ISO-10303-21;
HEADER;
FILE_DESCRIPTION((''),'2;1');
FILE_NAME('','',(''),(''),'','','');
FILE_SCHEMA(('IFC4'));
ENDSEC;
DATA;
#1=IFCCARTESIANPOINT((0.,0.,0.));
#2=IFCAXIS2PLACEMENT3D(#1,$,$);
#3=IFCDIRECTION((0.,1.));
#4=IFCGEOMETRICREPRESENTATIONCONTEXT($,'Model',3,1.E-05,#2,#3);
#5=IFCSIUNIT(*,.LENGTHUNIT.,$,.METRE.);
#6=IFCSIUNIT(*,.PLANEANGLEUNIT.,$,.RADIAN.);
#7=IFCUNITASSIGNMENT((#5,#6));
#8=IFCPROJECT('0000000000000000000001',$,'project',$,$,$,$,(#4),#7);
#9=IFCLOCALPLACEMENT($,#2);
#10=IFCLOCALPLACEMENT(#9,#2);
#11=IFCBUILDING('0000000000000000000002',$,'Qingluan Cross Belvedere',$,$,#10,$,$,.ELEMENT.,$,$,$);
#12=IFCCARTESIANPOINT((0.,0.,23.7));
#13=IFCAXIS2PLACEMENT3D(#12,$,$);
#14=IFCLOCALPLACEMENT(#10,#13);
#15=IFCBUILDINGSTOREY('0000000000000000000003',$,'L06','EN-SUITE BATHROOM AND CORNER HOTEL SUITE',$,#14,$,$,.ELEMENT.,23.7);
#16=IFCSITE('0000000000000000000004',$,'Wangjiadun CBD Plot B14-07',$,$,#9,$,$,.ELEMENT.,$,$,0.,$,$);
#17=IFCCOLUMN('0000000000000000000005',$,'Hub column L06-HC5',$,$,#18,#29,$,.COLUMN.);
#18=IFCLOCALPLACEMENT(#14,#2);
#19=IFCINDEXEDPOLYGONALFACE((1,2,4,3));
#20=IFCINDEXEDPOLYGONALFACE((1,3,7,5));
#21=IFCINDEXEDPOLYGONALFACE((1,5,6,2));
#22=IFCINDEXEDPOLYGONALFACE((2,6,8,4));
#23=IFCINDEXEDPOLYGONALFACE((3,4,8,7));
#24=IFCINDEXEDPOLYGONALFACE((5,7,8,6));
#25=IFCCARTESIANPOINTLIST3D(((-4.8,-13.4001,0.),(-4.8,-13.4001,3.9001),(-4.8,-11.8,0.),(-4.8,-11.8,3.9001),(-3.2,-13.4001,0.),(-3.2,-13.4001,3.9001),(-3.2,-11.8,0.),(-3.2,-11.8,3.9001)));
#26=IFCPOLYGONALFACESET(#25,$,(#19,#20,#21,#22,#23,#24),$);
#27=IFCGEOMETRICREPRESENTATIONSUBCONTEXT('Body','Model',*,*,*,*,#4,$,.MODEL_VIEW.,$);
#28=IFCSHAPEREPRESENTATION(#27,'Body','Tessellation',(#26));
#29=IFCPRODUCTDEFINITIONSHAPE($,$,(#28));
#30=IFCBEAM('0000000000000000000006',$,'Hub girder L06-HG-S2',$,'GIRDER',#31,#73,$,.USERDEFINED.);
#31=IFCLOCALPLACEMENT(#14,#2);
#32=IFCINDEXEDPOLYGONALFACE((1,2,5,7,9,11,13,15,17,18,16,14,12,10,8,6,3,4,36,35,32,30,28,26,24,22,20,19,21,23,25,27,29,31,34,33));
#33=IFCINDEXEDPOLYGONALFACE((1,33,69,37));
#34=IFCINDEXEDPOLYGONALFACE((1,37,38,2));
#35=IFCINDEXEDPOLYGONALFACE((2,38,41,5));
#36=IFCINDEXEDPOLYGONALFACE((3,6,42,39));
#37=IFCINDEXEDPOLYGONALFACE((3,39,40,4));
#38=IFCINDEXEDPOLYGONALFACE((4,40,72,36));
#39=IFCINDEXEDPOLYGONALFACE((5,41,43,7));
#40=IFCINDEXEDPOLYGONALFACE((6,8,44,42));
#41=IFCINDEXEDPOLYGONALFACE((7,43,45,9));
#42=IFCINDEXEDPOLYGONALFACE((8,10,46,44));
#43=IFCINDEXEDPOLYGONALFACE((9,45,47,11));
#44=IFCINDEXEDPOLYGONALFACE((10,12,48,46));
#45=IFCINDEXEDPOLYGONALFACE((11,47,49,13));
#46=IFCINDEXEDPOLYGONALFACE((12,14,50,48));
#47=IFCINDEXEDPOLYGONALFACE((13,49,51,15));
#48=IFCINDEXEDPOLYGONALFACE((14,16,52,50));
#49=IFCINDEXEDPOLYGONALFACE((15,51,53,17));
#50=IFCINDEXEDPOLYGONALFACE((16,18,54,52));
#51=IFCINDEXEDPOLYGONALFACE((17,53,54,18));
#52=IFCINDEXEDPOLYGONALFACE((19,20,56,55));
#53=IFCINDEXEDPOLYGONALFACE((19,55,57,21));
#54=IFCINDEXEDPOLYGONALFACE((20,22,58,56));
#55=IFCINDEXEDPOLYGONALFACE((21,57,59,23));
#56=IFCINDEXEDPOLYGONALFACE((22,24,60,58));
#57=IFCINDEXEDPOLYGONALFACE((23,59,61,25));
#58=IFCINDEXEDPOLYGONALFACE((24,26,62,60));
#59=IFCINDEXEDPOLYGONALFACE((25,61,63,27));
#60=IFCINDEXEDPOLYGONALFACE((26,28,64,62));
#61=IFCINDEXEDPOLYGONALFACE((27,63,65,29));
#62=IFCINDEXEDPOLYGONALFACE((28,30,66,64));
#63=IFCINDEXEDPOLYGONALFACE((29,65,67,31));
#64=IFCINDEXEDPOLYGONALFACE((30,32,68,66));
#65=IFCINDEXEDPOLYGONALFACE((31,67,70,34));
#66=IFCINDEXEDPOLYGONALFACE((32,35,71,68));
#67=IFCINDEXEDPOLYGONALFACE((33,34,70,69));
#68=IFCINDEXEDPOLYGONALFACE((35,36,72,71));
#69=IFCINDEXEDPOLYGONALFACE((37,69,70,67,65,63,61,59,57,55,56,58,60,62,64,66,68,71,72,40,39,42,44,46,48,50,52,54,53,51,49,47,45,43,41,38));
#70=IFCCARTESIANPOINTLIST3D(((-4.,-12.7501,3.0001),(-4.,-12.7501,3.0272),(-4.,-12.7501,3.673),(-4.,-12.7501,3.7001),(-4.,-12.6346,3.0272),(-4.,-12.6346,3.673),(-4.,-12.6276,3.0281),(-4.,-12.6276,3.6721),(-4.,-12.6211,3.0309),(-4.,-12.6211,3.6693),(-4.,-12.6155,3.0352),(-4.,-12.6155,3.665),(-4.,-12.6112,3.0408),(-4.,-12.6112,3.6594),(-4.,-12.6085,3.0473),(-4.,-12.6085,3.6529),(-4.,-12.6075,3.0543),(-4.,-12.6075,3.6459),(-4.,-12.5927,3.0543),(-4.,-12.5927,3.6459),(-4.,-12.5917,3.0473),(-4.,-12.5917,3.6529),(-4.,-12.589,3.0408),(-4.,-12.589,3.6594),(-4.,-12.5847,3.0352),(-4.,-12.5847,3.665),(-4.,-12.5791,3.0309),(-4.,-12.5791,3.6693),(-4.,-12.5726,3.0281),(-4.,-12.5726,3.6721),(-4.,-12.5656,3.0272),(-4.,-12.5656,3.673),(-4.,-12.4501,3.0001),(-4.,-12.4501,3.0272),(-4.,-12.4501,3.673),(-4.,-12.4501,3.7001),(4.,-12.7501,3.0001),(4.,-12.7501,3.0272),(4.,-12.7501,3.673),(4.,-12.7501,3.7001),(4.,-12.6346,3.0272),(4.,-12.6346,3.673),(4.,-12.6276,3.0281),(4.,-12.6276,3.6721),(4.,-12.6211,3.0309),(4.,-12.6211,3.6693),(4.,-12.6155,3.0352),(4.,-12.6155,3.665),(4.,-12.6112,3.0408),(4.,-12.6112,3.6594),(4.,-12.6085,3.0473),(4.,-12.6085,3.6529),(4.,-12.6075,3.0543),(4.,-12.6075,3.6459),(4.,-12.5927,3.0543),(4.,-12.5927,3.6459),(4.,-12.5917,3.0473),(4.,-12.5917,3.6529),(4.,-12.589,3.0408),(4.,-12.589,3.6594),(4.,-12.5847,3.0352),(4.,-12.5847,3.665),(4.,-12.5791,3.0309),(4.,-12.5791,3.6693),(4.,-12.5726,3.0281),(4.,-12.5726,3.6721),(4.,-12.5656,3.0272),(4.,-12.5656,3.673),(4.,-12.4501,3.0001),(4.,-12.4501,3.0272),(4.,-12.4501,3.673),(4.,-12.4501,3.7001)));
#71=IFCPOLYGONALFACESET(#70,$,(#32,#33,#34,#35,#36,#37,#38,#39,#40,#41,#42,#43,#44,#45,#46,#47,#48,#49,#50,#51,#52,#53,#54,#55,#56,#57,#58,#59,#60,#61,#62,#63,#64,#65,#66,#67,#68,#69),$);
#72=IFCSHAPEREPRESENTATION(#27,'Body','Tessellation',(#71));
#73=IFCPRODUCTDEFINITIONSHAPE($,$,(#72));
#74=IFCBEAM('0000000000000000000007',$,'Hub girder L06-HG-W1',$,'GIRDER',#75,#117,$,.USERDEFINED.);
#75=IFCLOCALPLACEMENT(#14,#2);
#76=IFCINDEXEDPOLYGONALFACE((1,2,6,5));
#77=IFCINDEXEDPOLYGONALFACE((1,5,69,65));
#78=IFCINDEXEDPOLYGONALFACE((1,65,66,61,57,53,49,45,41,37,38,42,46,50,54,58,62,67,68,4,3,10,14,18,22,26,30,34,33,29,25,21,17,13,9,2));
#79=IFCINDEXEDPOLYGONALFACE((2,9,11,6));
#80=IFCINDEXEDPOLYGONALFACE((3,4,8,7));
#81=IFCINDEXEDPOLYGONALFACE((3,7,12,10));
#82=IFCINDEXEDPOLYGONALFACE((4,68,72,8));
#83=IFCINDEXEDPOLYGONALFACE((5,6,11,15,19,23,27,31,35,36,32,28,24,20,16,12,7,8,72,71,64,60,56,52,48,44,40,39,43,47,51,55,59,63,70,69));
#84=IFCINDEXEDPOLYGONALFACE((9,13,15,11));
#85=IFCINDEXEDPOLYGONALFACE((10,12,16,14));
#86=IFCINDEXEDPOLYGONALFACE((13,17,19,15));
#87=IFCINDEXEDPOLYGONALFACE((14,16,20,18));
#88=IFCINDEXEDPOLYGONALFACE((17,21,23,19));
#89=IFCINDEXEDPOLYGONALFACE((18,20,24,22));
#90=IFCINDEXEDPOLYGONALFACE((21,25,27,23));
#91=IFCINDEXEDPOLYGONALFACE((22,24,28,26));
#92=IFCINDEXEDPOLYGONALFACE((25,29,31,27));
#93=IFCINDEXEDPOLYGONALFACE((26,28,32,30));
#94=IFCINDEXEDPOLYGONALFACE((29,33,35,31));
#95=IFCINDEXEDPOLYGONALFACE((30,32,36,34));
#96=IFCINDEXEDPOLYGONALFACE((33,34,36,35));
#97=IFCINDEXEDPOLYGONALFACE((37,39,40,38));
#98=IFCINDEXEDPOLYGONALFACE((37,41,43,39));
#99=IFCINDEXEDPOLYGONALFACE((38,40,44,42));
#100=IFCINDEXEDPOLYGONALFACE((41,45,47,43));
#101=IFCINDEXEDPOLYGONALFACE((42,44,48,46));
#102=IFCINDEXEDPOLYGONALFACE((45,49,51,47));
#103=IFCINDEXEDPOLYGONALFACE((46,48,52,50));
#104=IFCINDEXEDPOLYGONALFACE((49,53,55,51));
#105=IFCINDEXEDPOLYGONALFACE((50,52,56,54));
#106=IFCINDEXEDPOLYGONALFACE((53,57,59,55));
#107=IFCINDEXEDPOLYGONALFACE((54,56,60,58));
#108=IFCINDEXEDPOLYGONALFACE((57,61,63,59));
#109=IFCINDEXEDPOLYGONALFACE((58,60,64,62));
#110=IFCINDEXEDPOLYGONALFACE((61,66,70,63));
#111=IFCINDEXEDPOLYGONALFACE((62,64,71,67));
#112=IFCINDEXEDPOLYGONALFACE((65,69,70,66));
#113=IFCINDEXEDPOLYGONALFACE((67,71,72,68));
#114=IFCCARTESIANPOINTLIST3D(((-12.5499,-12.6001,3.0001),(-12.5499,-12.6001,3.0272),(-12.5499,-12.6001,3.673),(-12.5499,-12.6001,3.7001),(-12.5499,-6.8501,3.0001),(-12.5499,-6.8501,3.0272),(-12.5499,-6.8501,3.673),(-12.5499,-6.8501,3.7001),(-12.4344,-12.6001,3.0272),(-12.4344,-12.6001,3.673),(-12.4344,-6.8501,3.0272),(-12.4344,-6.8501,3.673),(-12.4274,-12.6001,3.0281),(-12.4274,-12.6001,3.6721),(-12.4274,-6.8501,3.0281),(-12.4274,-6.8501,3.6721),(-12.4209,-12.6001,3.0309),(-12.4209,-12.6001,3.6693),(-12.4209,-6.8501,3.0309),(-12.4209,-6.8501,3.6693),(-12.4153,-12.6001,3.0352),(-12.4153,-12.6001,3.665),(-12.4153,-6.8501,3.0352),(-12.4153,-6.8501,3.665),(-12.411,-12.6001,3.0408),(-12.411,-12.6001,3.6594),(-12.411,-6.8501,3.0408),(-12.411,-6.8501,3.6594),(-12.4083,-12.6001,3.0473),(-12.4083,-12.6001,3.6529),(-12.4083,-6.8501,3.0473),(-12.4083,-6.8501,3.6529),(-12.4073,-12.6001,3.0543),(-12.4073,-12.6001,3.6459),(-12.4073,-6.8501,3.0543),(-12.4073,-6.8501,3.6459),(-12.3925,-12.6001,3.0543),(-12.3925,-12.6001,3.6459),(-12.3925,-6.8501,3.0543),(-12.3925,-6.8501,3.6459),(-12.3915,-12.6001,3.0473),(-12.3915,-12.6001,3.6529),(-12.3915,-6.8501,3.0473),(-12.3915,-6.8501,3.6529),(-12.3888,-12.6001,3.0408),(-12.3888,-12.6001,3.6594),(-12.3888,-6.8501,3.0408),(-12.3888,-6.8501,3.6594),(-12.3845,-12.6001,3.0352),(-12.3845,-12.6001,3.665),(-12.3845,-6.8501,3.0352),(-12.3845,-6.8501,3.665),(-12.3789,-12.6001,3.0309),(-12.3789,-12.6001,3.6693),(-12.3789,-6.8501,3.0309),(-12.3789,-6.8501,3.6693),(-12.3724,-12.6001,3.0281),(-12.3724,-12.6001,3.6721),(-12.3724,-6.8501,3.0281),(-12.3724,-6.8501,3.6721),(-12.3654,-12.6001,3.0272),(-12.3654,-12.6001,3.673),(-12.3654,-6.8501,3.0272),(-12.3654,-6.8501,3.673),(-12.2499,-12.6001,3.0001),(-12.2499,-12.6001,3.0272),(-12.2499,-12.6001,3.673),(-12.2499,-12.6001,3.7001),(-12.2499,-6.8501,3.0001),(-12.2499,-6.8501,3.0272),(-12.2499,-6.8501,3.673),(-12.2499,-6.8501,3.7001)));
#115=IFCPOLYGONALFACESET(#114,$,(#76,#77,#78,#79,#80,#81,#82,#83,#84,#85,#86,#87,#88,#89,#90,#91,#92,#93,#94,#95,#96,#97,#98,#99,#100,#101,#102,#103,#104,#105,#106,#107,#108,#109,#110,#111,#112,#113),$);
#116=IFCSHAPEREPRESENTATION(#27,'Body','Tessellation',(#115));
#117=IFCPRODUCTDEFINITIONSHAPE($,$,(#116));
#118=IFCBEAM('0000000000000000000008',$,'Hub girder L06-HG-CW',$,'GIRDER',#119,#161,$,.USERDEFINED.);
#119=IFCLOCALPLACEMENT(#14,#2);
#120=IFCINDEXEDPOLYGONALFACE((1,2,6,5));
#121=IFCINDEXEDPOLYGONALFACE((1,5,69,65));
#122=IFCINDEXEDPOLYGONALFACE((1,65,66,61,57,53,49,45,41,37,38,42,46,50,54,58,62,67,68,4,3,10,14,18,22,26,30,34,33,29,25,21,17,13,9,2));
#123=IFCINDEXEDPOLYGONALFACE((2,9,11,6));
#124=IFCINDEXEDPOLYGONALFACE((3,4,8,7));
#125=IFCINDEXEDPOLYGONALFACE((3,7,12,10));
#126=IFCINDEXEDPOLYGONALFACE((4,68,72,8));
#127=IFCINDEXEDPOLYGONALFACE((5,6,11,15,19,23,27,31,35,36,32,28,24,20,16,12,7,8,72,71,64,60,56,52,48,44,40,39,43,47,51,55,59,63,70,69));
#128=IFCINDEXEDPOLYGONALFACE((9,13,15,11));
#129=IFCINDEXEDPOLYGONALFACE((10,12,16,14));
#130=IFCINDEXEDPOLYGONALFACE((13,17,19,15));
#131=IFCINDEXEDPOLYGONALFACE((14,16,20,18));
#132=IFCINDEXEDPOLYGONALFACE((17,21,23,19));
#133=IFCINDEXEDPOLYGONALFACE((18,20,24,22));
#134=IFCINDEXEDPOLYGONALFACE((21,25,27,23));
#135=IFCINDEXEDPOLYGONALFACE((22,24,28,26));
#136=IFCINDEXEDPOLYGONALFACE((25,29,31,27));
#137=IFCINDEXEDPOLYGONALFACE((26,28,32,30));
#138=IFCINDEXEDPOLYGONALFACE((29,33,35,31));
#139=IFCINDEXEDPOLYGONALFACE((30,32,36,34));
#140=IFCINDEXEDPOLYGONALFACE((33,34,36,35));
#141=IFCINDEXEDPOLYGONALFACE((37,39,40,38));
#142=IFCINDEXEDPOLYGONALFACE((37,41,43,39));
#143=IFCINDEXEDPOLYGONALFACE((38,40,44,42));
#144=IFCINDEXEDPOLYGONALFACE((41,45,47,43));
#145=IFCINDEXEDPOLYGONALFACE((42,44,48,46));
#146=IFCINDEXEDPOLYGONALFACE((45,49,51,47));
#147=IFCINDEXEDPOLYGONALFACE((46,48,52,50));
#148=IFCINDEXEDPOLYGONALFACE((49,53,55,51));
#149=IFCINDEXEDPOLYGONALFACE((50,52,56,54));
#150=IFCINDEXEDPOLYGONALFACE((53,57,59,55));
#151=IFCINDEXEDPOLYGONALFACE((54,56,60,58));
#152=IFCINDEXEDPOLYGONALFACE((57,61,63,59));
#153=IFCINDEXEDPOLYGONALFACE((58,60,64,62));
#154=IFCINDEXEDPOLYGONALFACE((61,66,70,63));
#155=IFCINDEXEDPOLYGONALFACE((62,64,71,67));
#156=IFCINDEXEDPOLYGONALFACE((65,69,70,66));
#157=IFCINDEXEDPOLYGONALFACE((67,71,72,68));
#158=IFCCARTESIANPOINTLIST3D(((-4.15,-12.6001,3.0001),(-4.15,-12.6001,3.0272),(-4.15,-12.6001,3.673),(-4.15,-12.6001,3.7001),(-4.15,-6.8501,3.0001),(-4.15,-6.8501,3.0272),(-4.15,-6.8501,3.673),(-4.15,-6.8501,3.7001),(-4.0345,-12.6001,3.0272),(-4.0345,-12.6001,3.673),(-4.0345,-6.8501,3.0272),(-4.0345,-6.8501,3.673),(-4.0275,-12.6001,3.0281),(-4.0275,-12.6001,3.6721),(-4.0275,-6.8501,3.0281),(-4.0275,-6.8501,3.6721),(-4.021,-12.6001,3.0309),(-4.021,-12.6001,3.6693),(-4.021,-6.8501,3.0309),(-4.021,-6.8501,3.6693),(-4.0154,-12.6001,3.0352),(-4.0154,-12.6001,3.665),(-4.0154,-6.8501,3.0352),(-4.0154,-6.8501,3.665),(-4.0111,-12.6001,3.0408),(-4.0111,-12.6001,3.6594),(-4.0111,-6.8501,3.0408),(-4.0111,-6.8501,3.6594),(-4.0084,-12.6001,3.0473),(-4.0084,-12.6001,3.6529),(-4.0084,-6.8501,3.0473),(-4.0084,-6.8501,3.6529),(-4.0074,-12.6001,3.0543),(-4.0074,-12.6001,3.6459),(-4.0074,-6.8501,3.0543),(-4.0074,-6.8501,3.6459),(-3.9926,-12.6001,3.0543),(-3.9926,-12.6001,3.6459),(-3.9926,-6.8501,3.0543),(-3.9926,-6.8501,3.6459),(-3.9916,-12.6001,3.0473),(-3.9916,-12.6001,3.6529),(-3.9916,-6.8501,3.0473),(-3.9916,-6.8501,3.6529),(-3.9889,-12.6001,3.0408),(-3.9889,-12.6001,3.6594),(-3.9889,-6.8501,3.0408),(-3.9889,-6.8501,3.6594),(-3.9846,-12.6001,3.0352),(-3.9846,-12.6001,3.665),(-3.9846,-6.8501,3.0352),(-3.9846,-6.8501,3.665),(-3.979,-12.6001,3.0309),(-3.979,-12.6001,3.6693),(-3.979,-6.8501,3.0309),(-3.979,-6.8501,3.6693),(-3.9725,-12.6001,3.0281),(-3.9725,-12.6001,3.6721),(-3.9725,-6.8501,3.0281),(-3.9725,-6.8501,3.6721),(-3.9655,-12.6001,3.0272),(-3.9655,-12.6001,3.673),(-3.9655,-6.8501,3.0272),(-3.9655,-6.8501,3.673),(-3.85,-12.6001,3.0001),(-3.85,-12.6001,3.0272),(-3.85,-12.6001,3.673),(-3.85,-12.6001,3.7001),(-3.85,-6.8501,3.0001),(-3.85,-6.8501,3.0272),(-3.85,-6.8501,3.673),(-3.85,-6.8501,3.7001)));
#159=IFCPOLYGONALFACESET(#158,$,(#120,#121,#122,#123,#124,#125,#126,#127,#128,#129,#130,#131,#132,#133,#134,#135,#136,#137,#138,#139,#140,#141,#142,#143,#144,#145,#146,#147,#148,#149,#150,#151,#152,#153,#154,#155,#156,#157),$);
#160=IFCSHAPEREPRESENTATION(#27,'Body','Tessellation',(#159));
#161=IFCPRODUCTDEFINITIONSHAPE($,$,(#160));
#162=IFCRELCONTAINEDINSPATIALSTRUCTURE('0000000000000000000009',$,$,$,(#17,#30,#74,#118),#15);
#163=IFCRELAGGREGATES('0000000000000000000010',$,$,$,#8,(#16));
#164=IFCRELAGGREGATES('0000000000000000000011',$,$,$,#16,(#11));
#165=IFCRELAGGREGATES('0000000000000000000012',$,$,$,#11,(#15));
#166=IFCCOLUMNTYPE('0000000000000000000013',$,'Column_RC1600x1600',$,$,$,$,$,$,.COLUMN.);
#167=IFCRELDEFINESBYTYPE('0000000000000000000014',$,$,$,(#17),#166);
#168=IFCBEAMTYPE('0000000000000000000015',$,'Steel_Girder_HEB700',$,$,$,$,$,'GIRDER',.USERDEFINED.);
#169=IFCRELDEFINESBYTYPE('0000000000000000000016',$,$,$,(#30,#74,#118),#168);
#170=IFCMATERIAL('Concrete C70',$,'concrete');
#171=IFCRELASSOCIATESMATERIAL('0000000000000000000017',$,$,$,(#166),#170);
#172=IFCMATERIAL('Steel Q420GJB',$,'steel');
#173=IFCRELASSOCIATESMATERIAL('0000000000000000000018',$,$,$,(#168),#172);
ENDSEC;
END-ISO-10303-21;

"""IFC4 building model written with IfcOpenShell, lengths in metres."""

from ifc_helpers import new_model, si_unit, direction, frame, origin, origin_2d, place, context, subcontext, project, spatial, rectangle, i_section, extrude, material, material_profile, profile_set, type_object, element, save


model = new_model("IFC4")

# Units and contexts
model_context = context("Model", 3, precision=1e-05, world=origin(), true_north=direction((0.0, 1.0)))
body_context = subcontext(model_context, "Body", "Model", "MODEL_VIEW")
ifc_project = project(units=[si_unit("LENGTHUNIT", "METRE"), si_unit("PLANEANGLEUNIT", "RADIAN")], contexts=[model_context])

# Site, building, storey
site_placement = place(None, origin())
site = spatial("IfcSite", under=ifc_project, at=site_placement, Name="Wangjiadun CBD Plot B14-07", CompositionType="ELEMENT", RefElevation=0.0)
building_placement = place(site_placement, origin())
building = spatial("IfcBuilding", under=site, at=building_placement, Name="Qingluan Cross Belvedere", CompositionType="ELEMENT")
storey_placement = place(building_placement, frame((0.0, 0.0, 23.7)))
storey = spatial("IfcBuildingStorey", under=building, at=storey_placement, Name="L06", Description="EN-SUITE BATHROOM AND CORNER HOTEL SUITE", CompositionType="ELEMENT", Elevation=23.7)

# Column
ifc_material_1 = material(Name="Concrete C70", Category="concrete")
ifc_material_profile_1 = material_profile(ifc_material_1, rectangle(XDim=1.6001, YDim=1.6001, at=origin_2d()), Name="RC1600x1600")
ifc_profile_set_1 = profile_set([ifc_material_profile_1], Name="Concrete C70")
column_type = type_object("IfcColumnType", Name="Column_RC1600x1600", PredefinedType="COLUMN", material=ifc_profile_set_1)
column_placement = place(storey_placement, frame((-4.0, -12.6001, 0.0), z_axis=(0.0, 0.0, 1.0), x_axis=(1.0, 0.0, 0.0)))
element("IfcColumn", 1, at=column_placement, inside=storey, type_object=column_type, Name="Hub column L06-HC5", PredefinedType="COLUMN", context=body_context, shape_type="SweptSolid", body=[
    extrude(rectangle(XDim=1.6001, YDim=1.6001, at=origin_2d()), origin(), (0.0, 0.0, 1.0), 3.9001),
])

# Beams
ifc_material_2 = material(Name="Steel Q420GJB", Category="steel")
ifc_material_profile_2 = material_profile(ifc_material_2, i_section(OverallWidth=0.3, OverallDepth=0.7, WebThickness=0.0149, FlangeThickness=0.0271, FilletRadius=0.0271, at=origin_2d()), Name="HEB700")
ifc_profile_set_2 = profile_set([ifc_material_profile_2], Name="Steel Q420GJB")
beam_type = type_object("IfcBeamType", Name="Steel_Girder_HEB700", ElementType="GIRDER", PredefinedType="USERDEFINED", material=ifc_profile_set_2)
beam_1_placement = place(storey_placement, frame((-4.0, -12.6001, 3.3501), z_axis=(1.0, 0.0, 0.0), x_axis=(0.0, 1.0, 0.0)))
element("IfcBeam", 2, at=beam_1_placement, inside=storey, type_object=beam_type, Name="Hub girder L06-HG-S2", ObjectType="GIRDER", PredefinedType="USERDEFINED", context=body_context, shape_type="SweptSolid", body=[
    extrude(i_section(OverallWidth=0.3, OverallDepth=0.7, WebThickness=0.0149, FlangeThickness=0.0271, FilletRadius=0.0271, at=origin_2d()), origin(), (0.0, 0.0, 1.0), 8.0),
])
for number, where, z_axis, x_axis, name in (
    (3, (-12.3999, -12.6001, 3.3501), (0.0, 1.0, 0.0), (-1.0, 0.0, 0.0), "Hub girder L06-HG-W1"),
    (4, (-4.0, -12.6001, 3.3501), (0.0, 1.0, 0.0), (-1.0, 0.0, 0.0), "Hub girder L06-HG-CW"),
):
    element("IfcBeam", number, at=place(storey_placement, frame(where, z_axis=z_axis, x_axis=x_axis)), inside=storey, type_object=beam_type, Name=name, ObjectType="GIRDER", PredefinedType="USERDEFINED", context=body_context, shape_type="SweptSolid", body=[
        extrude(i_section(OverallWidth=0.3, OverallDepth=0.7, WebThickness=0.0149, FlangeThickness=0.0271, FilletRadius=0.0271, at=origin_2d()), origin(), (0.0, 0.0, 1.0), 5.75),
    ])

save(model, "model.ifc")
